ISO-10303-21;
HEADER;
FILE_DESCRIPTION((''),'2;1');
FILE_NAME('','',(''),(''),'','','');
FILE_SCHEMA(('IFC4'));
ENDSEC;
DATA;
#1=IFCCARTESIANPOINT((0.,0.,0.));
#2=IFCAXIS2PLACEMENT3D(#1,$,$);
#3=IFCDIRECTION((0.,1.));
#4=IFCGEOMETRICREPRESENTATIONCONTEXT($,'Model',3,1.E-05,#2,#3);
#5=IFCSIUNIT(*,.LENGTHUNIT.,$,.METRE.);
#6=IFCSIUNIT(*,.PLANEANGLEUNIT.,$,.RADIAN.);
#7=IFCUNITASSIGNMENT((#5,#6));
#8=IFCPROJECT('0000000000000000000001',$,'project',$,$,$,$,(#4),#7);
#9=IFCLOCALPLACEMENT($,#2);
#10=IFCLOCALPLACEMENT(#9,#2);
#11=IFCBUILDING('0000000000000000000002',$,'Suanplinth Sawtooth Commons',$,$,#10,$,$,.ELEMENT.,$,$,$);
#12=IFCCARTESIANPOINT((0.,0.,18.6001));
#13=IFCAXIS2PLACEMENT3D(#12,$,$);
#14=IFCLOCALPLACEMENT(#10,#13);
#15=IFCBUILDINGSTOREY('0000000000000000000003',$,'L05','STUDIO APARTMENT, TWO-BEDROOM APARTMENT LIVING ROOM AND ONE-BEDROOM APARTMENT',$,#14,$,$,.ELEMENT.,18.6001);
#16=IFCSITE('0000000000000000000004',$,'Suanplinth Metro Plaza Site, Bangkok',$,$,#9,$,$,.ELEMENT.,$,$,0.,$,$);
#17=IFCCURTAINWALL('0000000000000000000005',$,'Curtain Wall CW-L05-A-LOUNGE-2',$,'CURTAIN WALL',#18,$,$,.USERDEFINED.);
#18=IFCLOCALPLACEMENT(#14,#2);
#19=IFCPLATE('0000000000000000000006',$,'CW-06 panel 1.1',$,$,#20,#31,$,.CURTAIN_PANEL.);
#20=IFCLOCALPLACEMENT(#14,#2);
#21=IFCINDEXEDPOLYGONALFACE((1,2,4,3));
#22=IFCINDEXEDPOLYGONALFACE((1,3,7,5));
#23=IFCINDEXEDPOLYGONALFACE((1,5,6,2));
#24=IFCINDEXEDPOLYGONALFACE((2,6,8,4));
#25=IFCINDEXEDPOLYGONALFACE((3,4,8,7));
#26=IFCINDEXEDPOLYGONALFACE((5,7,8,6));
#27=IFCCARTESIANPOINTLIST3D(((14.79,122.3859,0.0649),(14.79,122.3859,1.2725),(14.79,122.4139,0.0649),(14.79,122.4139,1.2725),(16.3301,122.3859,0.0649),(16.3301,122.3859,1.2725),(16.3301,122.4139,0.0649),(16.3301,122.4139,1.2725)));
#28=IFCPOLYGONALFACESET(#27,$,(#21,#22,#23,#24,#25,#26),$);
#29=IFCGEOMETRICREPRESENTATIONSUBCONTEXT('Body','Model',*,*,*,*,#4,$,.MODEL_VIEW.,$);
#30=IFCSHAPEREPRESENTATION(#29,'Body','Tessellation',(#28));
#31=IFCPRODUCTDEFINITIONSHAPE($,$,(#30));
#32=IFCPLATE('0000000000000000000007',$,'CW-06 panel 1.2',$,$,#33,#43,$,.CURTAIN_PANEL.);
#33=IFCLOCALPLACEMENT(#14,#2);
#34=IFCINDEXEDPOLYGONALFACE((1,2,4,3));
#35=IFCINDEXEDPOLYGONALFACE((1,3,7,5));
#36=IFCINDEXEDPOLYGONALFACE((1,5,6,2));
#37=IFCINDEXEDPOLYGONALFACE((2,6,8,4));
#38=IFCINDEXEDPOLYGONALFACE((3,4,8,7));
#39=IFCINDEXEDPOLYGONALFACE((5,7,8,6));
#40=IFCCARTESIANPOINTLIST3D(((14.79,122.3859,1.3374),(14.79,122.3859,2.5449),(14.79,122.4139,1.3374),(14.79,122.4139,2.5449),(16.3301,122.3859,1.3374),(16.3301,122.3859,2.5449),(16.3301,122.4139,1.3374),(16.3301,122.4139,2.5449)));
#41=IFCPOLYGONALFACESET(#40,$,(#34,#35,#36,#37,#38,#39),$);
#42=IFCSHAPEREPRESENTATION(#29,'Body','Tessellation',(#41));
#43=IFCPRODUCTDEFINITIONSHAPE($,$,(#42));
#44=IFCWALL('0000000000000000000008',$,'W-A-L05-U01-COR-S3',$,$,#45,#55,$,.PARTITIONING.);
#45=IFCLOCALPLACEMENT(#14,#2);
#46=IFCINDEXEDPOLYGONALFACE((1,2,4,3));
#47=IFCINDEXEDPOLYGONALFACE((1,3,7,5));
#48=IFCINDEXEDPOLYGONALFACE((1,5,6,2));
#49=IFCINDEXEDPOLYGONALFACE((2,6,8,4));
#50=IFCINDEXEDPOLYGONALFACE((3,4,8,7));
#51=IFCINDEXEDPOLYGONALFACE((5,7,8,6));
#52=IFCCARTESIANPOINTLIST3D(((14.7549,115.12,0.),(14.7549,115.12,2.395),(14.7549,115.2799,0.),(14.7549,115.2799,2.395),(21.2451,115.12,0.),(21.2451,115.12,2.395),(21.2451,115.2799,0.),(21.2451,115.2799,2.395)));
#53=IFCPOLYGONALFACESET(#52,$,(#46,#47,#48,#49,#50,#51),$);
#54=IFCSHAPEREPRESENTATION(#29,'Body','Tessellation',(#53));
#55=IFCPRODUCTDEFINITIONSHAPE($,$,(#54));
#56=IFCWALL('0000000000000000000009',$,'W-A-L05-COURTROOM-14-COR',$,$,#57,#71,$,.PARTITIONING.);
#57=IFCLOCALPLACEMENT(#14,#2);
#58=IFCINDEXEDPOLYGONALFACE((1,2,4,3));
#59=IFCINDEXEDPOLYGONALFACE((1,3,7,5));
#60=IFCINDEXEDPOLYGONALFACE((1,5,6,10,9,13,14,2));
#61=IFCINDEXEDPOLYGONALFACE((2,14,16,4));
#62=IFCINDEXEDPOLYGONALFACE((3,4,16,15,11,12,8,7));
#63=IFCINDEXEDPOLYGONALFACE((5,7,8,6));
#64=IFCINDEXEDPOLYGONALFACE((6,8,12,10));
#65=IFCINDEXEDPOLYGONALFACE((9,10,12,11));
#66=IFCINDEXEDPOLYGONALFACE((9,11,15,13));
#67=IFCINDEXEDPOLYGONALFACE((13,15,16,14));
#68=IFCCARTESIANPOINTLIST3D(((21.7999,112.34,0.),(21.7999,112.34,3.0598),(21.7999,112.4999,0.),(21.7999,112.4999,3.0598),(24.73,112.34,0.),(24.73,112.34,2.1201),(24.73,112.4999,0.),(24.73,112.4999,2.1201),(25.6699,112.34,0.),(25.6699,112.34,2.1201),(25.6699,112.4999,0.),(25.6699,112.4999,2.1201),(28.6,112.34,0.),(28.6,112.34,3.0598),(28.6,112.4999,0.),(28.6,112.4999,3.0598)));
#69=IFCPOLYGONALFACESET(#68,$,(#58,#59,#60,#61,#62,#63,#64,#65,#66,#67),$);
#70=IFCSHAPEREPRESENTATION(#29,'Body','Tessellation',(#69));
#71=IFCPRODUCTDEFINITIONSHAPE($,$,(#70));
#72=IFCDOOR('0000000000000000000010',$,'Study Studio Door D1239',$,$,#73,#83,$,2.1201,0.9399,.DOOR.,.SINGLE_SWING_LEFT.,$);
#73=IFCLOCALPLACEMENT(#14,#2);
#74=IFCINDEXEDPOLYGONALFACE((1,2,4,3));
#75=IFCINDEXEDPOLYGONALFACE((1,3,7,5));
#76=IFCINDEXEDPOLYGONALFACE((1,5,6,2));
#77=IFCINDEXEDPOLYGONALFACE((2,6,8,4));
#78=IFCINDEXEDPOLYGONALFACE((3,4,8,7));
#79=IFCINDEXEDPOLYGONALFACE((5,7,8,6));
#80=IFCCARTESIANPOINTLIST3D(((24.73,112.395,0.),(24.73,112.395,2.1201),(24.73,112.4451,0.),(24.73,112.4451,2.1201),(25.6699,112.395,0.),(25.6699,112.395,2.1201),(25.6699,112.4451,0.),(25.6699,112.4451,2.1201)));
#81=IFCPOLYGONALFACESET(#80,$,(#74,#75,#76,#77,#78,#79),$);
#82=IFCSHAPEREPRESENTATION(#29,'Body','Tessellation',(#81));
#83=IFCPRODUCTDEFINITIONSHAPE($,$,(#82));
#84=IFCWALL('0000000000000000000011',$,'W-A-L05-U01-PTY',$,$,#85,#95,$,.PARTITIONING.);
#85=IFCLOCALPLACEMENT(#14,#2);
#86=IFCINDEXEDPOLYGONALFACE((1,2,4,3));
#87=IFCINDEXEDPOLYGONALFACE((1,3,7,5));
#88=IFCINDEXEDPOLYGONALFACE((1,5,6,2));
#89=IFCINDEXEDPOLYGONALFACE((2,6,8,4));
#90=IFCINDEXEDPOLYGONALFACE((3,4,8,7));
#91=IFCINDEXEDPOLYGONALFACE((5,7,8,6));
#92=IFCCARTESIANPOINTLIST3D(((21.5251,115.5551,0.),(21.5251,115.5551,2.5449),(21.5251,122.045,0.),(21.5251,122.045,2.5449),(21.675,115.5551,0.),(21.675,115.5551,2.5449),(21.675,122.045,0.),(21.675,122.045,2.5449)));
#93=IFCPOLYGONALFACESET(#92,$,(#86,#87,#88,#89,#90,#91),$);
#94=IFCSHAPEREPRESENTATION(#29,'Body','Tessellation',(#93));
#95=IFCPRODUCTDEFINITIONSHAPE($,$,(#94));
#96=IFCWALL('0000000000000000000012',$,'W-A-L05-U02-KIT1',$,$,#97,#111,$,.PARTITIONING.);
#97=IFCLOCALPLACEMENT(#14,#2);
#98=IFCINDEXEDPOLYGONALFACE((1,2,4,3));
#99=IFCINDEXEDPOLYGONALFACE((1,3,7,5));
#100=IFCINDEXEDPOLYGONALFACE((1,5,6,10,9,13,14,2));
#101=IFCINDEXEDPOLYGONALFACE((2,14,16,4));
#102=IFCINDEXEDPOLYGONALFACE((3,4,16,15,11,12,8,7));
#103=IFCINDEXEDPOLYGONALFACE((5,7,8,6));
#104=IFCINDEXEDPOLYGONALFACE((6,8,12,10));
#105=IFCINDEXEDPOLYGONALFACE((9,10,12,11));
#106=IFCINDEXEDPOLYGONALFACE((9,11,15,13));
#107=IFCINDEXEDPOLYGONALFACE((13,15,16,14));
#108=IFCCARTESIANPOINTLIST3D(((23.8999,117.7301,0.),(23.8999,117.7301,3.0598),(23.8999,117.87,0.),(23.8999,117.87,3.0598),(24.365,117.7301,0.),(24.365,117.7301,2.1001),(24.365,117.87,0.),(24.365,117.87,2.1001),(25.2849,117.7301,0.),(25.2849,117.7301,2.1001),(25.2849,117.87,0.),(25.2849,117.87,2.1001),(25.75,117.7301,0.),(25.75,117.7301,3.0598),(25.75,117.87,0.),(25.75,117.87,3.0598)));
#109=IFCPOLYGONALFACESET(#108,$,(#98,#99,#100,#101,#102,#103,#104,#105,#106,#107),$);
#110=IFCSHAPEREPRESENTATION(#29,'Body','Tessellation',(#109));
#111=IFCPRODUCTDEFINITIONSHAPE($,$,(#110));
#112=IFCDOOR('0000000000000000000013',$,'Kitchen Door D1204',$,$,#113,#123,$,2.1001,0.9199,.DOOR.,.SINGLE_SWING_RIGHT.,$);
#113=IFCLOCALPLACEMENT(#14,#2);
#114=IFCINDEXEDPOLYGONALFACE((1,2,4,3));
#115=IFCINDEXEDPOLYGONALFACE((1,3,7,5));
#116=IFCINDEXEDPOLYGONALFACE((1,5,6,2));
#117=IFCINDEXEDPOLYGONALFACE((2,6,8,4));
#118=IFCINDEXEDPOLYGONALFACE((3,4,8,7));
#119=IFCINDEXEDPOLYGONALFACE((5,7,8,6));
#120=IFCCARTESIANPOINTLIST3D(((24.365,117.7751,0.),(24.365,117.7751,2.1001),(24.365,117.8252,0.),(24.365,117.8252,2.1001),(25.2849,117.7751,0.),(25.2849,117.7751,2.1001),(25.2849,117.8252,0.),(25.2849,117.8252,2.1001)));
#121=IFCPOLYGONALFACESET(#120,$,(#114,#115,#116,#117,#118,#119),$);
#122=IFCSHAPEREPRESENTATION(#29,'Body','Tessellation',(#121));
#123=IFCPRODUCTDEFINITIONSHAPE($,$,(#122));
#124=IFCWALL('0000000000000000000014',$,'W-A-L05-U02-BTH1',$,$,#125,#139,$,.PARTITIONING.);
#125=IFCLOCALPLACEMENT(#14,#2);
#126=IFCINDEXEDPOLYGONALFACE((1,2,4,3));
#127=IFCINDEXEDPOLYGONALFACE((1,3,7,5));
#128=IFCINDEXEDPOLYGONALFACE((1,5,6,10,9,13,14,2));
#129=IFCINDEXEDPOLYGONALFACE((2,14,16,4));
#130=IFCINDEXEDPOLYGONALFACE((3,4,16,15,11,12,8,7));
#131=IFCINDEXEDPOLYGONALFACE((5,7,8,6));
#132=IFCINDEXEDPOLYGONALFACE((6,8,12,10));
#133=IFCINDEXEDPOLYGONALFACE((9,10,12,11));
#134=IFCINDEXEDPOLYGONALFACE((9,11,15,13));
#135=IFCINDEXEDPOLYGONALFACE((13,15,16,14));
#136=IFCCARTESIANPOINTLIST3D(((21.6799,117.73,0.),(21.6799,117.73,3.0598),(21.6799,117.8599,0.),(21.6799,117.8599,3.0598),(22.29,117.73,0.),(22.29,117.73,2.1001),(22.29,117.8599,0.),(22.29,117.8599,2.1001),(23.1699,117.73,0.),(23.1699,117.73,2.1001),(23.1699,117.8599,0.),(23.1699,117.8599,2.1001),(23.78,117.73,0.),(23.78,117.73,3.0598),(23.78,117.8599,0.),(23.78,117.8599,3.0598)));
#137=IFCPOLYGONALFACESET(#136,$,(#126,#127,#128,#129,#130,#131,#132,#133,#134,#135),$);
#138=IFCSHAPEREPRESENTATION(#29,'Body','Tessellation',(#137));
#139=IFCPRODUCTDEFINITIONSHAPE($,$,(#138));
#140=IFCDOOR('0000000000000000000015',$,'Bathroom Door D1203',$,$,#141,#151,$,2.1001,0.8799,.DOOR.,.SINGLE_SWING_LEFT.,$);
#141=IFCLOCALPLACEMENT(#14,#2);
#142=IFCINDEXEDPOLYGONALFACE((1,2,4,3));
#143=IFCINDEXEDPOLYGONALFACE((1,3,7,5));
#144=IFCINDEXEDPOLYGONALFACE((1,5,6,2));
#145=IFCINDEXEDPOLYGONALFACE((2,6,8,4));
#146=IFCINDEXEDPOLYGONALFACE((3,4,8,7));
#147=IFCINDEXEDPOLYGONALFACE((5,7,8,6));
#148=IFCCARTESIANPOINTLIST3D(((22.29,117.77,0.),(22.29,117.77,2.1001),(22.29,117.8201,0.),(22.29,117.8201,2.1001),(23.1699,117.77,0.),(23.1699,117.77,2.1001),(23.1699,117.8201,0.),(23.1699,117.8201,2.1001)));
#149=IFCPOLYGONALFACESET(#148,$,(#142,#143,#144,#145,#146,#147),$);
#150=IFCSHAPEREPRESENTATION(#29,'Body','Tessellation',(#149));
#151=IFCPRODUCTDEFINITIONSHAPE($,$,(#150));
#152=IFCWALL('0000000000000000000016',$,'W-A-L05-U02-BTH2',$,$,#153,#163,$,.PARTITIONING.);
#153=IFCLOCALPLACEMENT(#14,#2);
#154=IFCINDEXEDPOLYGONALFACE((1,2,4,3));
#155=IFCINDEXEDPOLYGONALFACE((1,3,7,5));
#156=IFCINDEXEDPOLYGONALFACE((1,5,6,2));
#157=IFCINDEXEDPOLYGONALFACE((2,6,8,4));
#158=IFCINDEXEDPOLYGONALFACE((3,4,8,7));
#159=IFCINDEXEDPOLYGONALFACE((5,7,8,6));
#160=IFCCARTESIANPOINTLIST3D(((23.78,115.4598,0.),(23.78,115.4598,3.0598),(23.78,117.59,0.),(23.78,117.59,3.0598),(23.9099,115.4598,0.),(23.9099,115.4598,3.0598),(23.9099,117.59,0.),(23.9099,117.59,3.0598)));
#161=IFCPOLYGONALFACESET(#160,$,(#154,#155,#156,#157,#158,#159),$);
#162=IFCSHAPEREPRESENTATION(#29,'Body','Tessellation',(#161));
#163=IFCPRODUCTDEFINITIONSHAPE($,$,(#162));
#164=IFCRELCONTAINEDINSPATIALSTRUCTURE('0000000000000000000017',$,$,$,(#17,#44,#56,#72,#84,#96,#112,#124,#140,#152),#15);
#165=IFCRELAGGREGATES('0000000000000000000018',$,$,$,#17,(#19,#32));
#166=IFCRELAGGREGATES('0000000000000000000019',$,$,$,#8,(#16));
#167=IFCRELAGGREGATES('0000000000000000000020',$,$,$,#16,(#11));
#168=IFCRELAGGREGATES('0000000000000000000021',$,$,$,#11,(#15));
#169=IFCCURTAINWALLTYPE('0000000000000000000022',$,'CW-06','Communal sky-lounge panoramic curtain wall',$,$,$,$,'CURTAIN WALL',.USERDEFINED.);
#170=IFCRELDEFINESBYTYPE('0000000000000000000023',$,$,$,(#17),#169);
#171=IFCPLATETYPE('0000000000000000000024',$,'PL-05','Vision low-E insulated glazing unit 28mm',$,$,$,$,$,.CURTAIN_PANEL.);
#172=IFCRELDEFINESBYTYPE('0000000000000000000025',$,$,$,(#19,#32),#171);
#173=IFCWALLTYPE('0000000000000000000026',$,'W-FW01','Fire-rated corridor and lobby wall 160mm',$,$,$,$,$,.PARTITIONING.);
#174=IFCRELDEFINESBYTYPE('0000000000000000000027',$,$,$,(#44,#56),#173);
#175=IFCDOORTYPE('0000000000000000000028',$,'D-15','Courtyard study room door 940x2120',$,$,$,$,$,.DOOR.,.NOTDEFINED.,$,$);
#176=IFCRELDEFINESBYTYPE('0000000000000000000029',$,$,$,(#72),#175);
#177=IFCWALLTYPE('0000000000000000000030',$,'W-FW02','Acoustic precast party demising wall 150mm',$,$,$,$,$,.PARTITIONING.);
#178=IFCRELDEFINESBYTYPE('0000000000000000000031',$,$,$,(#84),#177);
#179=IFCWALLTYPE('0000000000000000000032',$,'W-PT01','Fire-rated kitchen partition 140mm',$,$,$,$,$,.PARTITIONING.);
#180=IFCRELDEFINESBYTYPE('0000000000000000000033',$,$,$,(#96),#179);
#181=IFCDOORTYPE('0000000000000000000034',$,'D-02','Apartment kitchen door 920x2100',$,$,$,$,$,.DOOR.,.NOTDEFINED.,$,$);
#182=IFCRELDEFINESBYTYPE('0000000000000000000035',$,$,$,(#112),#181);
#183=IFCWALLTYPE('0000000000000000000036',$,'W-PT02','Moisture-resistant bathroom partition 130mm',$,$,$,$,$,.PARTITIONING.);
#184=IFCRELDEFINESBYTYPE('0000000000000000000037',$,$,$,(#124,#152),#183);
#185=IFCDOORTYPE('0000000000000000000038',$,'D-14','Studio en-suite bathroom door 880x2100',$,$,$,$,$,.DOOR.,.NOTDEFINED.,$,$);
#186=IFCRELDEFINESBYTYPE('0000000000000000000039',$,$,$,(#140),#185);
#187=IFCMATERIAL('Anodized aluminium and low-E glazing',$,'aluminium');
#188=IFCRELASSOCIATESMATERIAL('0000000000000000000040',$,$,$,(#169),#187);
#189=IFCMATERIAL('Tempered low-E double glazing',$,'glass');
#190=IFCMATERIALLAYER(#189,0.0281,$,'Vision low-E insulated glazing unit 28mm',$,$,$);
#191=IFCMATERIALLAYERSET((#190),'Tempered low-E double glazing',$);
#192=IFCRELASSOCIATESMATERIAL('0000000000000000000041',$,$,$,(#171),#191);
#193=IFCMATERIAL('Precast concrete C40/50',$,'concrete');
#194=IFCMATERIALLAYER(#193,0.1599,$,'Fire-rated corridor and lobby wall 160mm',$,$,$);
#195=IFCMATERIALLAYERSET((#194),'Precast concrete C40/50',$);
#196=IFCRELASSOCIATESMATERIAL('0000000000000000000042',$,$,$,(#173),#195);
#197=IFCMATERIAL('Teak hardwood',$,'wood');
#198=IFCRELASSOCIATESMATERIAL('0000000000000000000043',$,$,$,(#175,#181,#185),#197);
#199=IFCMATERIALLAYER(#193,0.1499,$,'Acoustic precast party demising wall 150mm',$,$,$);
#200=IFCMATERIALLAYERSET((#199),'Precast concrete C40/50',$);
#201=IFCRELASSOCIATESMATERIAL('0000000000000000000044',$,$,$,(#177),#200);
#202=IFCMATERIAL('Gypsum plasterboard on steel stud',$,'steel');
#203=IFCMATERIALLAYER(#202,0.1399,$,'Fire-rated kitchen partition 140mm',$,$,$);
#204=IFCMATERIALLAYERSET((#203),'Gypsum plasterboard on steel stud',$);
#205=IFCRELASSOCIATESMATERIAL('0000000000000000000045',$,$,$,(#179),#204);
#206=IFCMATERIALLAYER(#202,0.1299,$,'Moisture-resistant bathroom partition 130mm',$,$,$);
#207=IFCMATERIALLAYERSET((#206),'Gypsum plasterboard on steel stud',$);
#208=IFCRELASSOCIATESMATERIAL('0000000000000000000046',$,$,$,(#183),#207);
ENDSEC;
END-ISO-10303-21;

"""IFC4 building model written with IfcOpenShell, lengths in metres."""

from ifc_helpers import new_model, si_unit, direction, frame, frame_2d, origin, origin_2d, place, context, subcontext, project, spatial, rectangle, extrude, material, layer, layer_set, type_object, element, fill, aggregate, save


model = new_model("IFC4")

# Units and contexts
model_context = context("Model", 3, precision=1e-05, world=origin(), true_north=direction((0.0, 1.0)))
body_context = subcontext(model_context, "Body", "Model", "MODEL_VIEW")
ifc_project = project(units=[si_unit("LENGTHUNIT", "METRE"), si_unit("PLANEANGLEUNIT", "RADIAN")], contexts=[model_context])

# Site, building, storey
site_placement = place(None, origin())
site = spatial("IfcSite", under=ifc_project, at=site_placement, Name="Suanplinth Metro Plaza Site, Bangkok", CompositionType="ELEMENT", RefElevation=0.0)
building_placement = place(site_placement, origin())
building = spatial("IfcBuilding", under=site, at=building_placement, Name="Suanplinth Sawtooth Commons", CompositionType="ELEMENT")
storey_placement = place(building_placement, frame((0.0, 0.0, 18.6001)))
storey = spatial("IfcBuildingStorey", under=building, at=storey_placement, Name="L05", Description="STUDIO APARTMENT, TWO-BEDROOM APARTMENT LIVING ROOM AND ONE-BEDROOM APARTMENT", CompositionType="ELEMENT", Elevation=18.6001)

# Shared definitions
ifc_material_1 = material(Name="Precast concrete C40/50", Category="concrete")

# Curtain wall, plates
ifc_material_2 = material(Name="Anodized aluminium and low-E glazing", Category="aluminium")
curtain_wall_type = type_object("IfcCurtainWallType", Name="CW-06", Description="Communal sky-lounge panoramic curtain wall", ElementType="CURTAIN WALL", PredefinedType="USERDEFINED", material=ifc_material_2)
curtain_wall_placement = place(storey_placement, origin())
curtain_wall = element("IfcCurtainWall", 1, at=curtain_wall_placement, inside=storey, type_object=curtain_wall_type, Name="Curtain Wall CW-L05-A-LOUNGE-2", ObjectType="CURTAIN WALL", PredefinedType="USERDEFINED")
ifc_material_3 = material(Name="Tempered low-E double glazing", Category="glass")
ifc_layer_1 = layer(ifc_material_3, 0.0281, Name="Vision low-E insulated glazing unit 28mm")
ifc_layer_set_1 = layer_set([ifc_layer_1], Name="Tempered low-E double glazing")
plate_type = type_object("IfcPlateType", Name="PL-05", Description="Vision low-E insulated glazing unit 28mm", PredefinedType="CURTAIN_PANEL", material=ifc_layer_set_1)
plate_1_placement = place(storey_placement, frame((15.5601, 122.3999, 0.0649), z_axis=(0.0, 0.0, 1.0), x_axis=(1.0, 0.0, 0.0)))
plate_1 = element("IfcPlate", 2, at=plate_1_placement, type_object=plate_type, Name="CW-06 panel 1.1", PredefinedType="CURTAIN_PANEL", context=body_context, shape_type="SweptSolid", body=[
    extrude(rectangle(XDim=1.54, YDim=0.0281, at=origin_2d()), origin(), (0.0, 0.0, 1.0), 1.2075),
])
plate_2_placement = place(storey_placement, frame((15.5601, 122.3999, 1.3374), z_axis=(0.0, 0.0, 1.0), x_axis=(1.0, 0.0, 0.0)))
plate_2 = element("IfcPlate", 3, at=plate_2_placement, type_object=plate_type, Name="CW-06 panel 1.2", PredefinedType="CURTAIN_PANEL", context=body_context, shape_type="SweptSolid", body=[
    extrude(rectangle(XDim=1.54, YDim=0.0281, at=origin_2d()), origin(), (0.0, 0.0, 1.0), 1.2075),
])
aggregate(curtain_wall, [plate_1, plate_2])

# Wall
ifc_layer_2 = layer(ifc_material_1, 0.1599, Name="Fire-rated corridor and lobby wall 160mm")
ifc_layer_set_2 = layer_set([ifc_layer_2], Name="Precast concrete C40/50")
wall_type_1 = type_object("IfcWallType", Name="W-FW01", Description="Fire-rated corridor and lobby wall 160mm", PredefinedType="PARTITIONING", material=ifc_layer_set_2)
wall_1_placement = place(storey_placement, frame((14.7549, 115.2, 0.0), z_axis=(0.0, 0.0, 1.0), x_axis=(1.0, 0.0, 0.0)))
element("IfcWall", 4, at=wall_1_placement, inside=storey, type_object=wall_type_1, Name="W-A-L05-U01-COR-S3", PredefinedType="PARTITIONING", context=body_context, shape_type="SweptSolid", body=[
    extrude(rectangle(XDim=6.4902, YDim=0.1599, at=frame_2d((3.2451, 0.0))), origin(), (0.0, 0.0, 1.0), 2.395),
])

# Wall, opening, door
wall_2_placement = place(storey_placement, frame((21.8, 112.4199, 0.0), z_axis=(0.0, 0.0, 1.0), x_axis=(1.0, 0.0, 0.0)))
wall_2 = element("IfcWall", 5, at=wall_2_placement, inside=storey, type_object=wall_type_1, Name="W-A-L05-COURTROOM-14-COR", PredefinedType="PARTITIONING", context=body_context, shape_type="SweptSolid", body=[
    extrude(rectangle(XDim=6.8, YDim=0.1599, at=frame_2d((3.3999, 0.0))), origin(), (0.0, 0.0, 1.0), 3.0598),
])
opening_1_placement = place(wall_2_placement, frame((2.9299, 0.0, 0.0)))
opening_1 = element("IfcOpeningElement", 6, at=opening_1_placement, cuts=wall_2, PredefinedType="OPENING", context=body_context, shape_type="SweptSolid", body=[
    extrude(rectangle(XDim=0.9399, YDim=2.1201, at=frame_2d((0.47, 1.0601))), frame((0.0, 0.0947, 0.0), z_axis=(0.0, -1.0, 0.0), x_axis=(1.0, 0.0, 0.0)), (0.0, 0.0, 1.0), 0.1897),
])
ifc_material_4 = material(Name="Teak hardwood", Category="wood")
door_type_1 = type_object("IfcDoorType", Name="D-15", Description="Courtyard study room door 940x2120", OperationType="NOTDEFINED", PredefinedType="DOOR", material=ifc_material_4)
door_1_placement = place(opening_1_placement, frame((0.9399, 0.0, 0.0), z_axis=(0.0, 0.0, 1.0), x_axis=(-1.0, 0.0, 0.0)))
door_1 = element("IfcDoor", 7, at=door_1_placement, inside=storey, type_object=door_type_1, Name="Study Studio Door D1239", OperationType="SINGLE_SWING_LEFT", OverallHeight=2.1201, OverallWidth=0.9399, PredefinedType="DOOR", context=body_context, shape_type="SweptSolid", body=[
    extrude(rectangle(XDim=0.9399, YDim=2.1201, at=frame_2d((0.47, 1.0601))), frame((0.0, 0.0249, 0.0), z_axis=(0.0, -1.0, 0.0), x_axis=(1.0, 0.0, 0.0)), (0.0, 0.0, 1.0), 0.05),
])
fill(opening_1, door_1)

# Wall
ifc_layer_3 = layer(ifc_material_1, 0.1499, Name="Acoustic precast party demising wall 150mm")
ifc_layer_set_3 = layer_set([ifc_layer_3], Name="Precast concrete C40/50")
wall_type_2 = type_object("IfcWallType", Name="W-FW02", Description="Acoustic precast party demising wall 150mm", PredefinedType="PARTITIONING", material=ifc_layer_set_3)
wall_3_placement = place(storey_placement, frame((21.6001, 115.5549, 0.0), z_axis=(0.0, 0.0, 1.0), x_axis=(0.0, 1.0, 0.0)))
element("IfcWall", 8, at=wall_3_placement, inside=storey, type_object=wall_type_2, Name="W-A-L05-U01-PTY", PredefinedType="PARTITIONING", context=body_context, shape_type="SweptSolid", body=[
    extrude(rectangle(XDim=6.49, YDim=0.1499, at=frame_2d((3.2451, 0.0))), origin(), (0.0, 0.0, 1.0), 2.5449),
])

# Walls, openings, doors
ifc_material_5 = material(Name="Gypsum plasterboard on steel stud", Category="steel")
ifc_layer_4 = layer(ifc_material_5, 0.1399, Name="Fire-rated kitchen partition 140mm")
ifc_layer_set_4 = layer_set([ifc_layer_4], Name="Gypsum plasterboard on steel stud")
wall_type_3 = type_object("IfcWallType", Name="W-PT01", Description="Fire-rated kitchen partition 140mm", PredefinedType="PARTITIONING", material=ifc_layer_set_4)
wall_4_placement = place(storey_placement, frame((23.8999, 117.8, 0.0), z_axis=(0.0, 0.0, 1.0), x_axis=(1.0, 0.0, 0.0)))
wall_4 = element("IfcWall", 9, at=wall_4_placement, inside=storey, type_object=wall_type_3, Name="W-A-L05-U02-KIT1", PredefinedType="PARTITIONING", context=body_context, shape_type="SweptSolid", body=[
    extrude(rectangle(XDim=1.8501, YDim=0.1399, at=frame_2d((0.925, 0.0))), origin(), (0.0, 0.0, 1.0), 3.0598),
])
opening_2_placement = place(wall_4_placement, frame((0.4651, 0.0, 0.0)))
opening_2 = element("IfcOpeningElement", 10, at=opening_2_placement, cuts=wall_4, PredefinedType="OPENING", context=body_context, shape_type="SweptSolid", body=[
    extrude(rectangle(XDim=0.9199, YDim=2.1001, at=frame_2d((0.46, 1.05))), frame((0.0, 0.085, 0.0), z_axis=(0.0, -1.0, 0.0), x_axis=(1.0, 0.0, 0.0)), (0.0, 0.0, 1.0), 0.1697),
])
door_type_2 = type_object("IfcDoorType", Name="D-02", Description="Apartment kitchen door 920x2100", OperationType="NOTDEFINED", PredefinedType="DOOR", material=ifc_material_4)
door_2_placement = place(opening_2_placement, frame((0.9199, 0.0, 0.0), z_axis=(0.0, 0.0, 1.0), x_axis=(-1.0, 0.0, 0.0)))
door_2 = element("IfcDoor", 11, at=door_2_placement, inside=storey, type_object=door_type_2, Name="Kitchen Door D1204", OperationType="SINGLE_SWING_RIGHT", OverallHeight=2.1001, OverallWidth=0.9199, PredefinedType="DOOR", context=body_context, shape_type="SweptSolid", body=[
    extrude(rectangle(XDim=0.9199, YDim=2.1001, at=frame_2d((0.46, 1.05))), frame((0.0, 0.0249, 0.0), z_axis=(0.0, -1.0, 0.0), x_axis=(1.0, 0.0, 0.0)), (0.0, 0.0, 1.0), 0.05),
])
fill(opening_2, door_2)
ifc_layer_5 = layer(ifc_material_5, 0.1299, Name="Moisture-resistant bathroom partition 130mm")
ifc_layer_set_5 = layer_set([ifc_layer_5], Name="Gypsum plasterboard on steel stud")
wall_type_4 = type_object("IfcWallType", Name="W-PT02", Description="Moisture-resistant bathroom partition 130mm", PredefinedType="PARTITIONING", material=ifc_layer_set_5)
wall_5_placement = place(storey_placement, frame((21.6799, 117.7949, 0.0), z_axis=(0.0, 0.0, 1.0), x_axis=(1.0, 0.0, 0.0)))
wall_5 = element("IfcWall", 12, at=wall_5_placement, inside=storey, type_object=wall_type_4, Name="W-A-L05-U02-BTH1", PredefinedType="PARTITIONING", context=body_context, shape_type="SweptSolid", body=[
    extrude(rectangle(XDim=2.1001, YDim=0.1299, at=frame_2d((1.05, 0.0))), origin(), (0.0, 0.0, 1.0), 3.0598),
])
opening_3_placement = place(wall_5_placement, frame((0.6101, 0.0, 0.0)))
opening_3 = element("IfcOpeningElement", 13, at=opening_3_placement, cuts=wall_5, PredefinedType="OPENING", context=body_context, shape_type="SweptSolid", body=[
    extrude(rectangle(XDim=0.8799, YDim=2.1001, at=frame_2d((0.4399, 1.05))), frame((0.0, 0.0798, 0.0), z_axis=(0.0, -1.0, 0.0), x_axis=(1.0, 0.0, 0.0)), (0.0, 0.0, 1.0), 0.1597),
])
door_type_3 = type_object("IfcDoorType", Name="D-14", Description="Studio en-suite bathroom door 880x2100", OperationType="NOTDEFINED", PredefinedType="DOOR", material=ifc_material_4)
door_3_placement = place(opening_3_placement, frame((0.8799, 0.0, 0.0), z_axis=(0.0, 0.0, 1.0), x_axis=(-1.0, 0.0, 0.0)))
door_3 = element("IfcDoor", 14, at=door_3_placement, inside=storey, type_object=door_type_3, Name="Bathroom Door D1203", OperationType="SINGLE_SWING_LEFT", OverallHeight=2.1001, OverallWidth=0.8799, PredefinedType="DOOR", context=body_context, shape_type="SweptSolid", body=[
    extrude(rectangle(XDim=0.8799, YDim=2.1001, at=frame_2d((0.4399, 1.05))), frame((0.0, 0.0249, 0.0), z_axis=(0.0, -1.0, 0.0), x_axis=(1.0, 0.0, 0.0)), (0.0, 0.0, 1.0), 0.05),
])
fill(opening_3, door_3)

# Wall
wall_6_placement = place(storey_placement, frame((23.845, 115.46, 0.0), z_axis=(0.0, 0.0, 1.0), x_axis=(0.0, 1.0, 0.0)))
element("IfcWall", 15, at=wall_6_placement, inside=storey, type_object=wall_type_4, Name="W-A-L05-U02-BTH2", PredefinedType="PARTITIONING", context=body_context, shape_type="SweptSolid", body=[
    extrude(rectangle(XDim=2.1301, YDim=0.1299, at=frame_2d((1.0649, 0.0))), origin(), (0.0, 0.0, 1.0), 3.0598),
])

save(model, "model.ifc")
